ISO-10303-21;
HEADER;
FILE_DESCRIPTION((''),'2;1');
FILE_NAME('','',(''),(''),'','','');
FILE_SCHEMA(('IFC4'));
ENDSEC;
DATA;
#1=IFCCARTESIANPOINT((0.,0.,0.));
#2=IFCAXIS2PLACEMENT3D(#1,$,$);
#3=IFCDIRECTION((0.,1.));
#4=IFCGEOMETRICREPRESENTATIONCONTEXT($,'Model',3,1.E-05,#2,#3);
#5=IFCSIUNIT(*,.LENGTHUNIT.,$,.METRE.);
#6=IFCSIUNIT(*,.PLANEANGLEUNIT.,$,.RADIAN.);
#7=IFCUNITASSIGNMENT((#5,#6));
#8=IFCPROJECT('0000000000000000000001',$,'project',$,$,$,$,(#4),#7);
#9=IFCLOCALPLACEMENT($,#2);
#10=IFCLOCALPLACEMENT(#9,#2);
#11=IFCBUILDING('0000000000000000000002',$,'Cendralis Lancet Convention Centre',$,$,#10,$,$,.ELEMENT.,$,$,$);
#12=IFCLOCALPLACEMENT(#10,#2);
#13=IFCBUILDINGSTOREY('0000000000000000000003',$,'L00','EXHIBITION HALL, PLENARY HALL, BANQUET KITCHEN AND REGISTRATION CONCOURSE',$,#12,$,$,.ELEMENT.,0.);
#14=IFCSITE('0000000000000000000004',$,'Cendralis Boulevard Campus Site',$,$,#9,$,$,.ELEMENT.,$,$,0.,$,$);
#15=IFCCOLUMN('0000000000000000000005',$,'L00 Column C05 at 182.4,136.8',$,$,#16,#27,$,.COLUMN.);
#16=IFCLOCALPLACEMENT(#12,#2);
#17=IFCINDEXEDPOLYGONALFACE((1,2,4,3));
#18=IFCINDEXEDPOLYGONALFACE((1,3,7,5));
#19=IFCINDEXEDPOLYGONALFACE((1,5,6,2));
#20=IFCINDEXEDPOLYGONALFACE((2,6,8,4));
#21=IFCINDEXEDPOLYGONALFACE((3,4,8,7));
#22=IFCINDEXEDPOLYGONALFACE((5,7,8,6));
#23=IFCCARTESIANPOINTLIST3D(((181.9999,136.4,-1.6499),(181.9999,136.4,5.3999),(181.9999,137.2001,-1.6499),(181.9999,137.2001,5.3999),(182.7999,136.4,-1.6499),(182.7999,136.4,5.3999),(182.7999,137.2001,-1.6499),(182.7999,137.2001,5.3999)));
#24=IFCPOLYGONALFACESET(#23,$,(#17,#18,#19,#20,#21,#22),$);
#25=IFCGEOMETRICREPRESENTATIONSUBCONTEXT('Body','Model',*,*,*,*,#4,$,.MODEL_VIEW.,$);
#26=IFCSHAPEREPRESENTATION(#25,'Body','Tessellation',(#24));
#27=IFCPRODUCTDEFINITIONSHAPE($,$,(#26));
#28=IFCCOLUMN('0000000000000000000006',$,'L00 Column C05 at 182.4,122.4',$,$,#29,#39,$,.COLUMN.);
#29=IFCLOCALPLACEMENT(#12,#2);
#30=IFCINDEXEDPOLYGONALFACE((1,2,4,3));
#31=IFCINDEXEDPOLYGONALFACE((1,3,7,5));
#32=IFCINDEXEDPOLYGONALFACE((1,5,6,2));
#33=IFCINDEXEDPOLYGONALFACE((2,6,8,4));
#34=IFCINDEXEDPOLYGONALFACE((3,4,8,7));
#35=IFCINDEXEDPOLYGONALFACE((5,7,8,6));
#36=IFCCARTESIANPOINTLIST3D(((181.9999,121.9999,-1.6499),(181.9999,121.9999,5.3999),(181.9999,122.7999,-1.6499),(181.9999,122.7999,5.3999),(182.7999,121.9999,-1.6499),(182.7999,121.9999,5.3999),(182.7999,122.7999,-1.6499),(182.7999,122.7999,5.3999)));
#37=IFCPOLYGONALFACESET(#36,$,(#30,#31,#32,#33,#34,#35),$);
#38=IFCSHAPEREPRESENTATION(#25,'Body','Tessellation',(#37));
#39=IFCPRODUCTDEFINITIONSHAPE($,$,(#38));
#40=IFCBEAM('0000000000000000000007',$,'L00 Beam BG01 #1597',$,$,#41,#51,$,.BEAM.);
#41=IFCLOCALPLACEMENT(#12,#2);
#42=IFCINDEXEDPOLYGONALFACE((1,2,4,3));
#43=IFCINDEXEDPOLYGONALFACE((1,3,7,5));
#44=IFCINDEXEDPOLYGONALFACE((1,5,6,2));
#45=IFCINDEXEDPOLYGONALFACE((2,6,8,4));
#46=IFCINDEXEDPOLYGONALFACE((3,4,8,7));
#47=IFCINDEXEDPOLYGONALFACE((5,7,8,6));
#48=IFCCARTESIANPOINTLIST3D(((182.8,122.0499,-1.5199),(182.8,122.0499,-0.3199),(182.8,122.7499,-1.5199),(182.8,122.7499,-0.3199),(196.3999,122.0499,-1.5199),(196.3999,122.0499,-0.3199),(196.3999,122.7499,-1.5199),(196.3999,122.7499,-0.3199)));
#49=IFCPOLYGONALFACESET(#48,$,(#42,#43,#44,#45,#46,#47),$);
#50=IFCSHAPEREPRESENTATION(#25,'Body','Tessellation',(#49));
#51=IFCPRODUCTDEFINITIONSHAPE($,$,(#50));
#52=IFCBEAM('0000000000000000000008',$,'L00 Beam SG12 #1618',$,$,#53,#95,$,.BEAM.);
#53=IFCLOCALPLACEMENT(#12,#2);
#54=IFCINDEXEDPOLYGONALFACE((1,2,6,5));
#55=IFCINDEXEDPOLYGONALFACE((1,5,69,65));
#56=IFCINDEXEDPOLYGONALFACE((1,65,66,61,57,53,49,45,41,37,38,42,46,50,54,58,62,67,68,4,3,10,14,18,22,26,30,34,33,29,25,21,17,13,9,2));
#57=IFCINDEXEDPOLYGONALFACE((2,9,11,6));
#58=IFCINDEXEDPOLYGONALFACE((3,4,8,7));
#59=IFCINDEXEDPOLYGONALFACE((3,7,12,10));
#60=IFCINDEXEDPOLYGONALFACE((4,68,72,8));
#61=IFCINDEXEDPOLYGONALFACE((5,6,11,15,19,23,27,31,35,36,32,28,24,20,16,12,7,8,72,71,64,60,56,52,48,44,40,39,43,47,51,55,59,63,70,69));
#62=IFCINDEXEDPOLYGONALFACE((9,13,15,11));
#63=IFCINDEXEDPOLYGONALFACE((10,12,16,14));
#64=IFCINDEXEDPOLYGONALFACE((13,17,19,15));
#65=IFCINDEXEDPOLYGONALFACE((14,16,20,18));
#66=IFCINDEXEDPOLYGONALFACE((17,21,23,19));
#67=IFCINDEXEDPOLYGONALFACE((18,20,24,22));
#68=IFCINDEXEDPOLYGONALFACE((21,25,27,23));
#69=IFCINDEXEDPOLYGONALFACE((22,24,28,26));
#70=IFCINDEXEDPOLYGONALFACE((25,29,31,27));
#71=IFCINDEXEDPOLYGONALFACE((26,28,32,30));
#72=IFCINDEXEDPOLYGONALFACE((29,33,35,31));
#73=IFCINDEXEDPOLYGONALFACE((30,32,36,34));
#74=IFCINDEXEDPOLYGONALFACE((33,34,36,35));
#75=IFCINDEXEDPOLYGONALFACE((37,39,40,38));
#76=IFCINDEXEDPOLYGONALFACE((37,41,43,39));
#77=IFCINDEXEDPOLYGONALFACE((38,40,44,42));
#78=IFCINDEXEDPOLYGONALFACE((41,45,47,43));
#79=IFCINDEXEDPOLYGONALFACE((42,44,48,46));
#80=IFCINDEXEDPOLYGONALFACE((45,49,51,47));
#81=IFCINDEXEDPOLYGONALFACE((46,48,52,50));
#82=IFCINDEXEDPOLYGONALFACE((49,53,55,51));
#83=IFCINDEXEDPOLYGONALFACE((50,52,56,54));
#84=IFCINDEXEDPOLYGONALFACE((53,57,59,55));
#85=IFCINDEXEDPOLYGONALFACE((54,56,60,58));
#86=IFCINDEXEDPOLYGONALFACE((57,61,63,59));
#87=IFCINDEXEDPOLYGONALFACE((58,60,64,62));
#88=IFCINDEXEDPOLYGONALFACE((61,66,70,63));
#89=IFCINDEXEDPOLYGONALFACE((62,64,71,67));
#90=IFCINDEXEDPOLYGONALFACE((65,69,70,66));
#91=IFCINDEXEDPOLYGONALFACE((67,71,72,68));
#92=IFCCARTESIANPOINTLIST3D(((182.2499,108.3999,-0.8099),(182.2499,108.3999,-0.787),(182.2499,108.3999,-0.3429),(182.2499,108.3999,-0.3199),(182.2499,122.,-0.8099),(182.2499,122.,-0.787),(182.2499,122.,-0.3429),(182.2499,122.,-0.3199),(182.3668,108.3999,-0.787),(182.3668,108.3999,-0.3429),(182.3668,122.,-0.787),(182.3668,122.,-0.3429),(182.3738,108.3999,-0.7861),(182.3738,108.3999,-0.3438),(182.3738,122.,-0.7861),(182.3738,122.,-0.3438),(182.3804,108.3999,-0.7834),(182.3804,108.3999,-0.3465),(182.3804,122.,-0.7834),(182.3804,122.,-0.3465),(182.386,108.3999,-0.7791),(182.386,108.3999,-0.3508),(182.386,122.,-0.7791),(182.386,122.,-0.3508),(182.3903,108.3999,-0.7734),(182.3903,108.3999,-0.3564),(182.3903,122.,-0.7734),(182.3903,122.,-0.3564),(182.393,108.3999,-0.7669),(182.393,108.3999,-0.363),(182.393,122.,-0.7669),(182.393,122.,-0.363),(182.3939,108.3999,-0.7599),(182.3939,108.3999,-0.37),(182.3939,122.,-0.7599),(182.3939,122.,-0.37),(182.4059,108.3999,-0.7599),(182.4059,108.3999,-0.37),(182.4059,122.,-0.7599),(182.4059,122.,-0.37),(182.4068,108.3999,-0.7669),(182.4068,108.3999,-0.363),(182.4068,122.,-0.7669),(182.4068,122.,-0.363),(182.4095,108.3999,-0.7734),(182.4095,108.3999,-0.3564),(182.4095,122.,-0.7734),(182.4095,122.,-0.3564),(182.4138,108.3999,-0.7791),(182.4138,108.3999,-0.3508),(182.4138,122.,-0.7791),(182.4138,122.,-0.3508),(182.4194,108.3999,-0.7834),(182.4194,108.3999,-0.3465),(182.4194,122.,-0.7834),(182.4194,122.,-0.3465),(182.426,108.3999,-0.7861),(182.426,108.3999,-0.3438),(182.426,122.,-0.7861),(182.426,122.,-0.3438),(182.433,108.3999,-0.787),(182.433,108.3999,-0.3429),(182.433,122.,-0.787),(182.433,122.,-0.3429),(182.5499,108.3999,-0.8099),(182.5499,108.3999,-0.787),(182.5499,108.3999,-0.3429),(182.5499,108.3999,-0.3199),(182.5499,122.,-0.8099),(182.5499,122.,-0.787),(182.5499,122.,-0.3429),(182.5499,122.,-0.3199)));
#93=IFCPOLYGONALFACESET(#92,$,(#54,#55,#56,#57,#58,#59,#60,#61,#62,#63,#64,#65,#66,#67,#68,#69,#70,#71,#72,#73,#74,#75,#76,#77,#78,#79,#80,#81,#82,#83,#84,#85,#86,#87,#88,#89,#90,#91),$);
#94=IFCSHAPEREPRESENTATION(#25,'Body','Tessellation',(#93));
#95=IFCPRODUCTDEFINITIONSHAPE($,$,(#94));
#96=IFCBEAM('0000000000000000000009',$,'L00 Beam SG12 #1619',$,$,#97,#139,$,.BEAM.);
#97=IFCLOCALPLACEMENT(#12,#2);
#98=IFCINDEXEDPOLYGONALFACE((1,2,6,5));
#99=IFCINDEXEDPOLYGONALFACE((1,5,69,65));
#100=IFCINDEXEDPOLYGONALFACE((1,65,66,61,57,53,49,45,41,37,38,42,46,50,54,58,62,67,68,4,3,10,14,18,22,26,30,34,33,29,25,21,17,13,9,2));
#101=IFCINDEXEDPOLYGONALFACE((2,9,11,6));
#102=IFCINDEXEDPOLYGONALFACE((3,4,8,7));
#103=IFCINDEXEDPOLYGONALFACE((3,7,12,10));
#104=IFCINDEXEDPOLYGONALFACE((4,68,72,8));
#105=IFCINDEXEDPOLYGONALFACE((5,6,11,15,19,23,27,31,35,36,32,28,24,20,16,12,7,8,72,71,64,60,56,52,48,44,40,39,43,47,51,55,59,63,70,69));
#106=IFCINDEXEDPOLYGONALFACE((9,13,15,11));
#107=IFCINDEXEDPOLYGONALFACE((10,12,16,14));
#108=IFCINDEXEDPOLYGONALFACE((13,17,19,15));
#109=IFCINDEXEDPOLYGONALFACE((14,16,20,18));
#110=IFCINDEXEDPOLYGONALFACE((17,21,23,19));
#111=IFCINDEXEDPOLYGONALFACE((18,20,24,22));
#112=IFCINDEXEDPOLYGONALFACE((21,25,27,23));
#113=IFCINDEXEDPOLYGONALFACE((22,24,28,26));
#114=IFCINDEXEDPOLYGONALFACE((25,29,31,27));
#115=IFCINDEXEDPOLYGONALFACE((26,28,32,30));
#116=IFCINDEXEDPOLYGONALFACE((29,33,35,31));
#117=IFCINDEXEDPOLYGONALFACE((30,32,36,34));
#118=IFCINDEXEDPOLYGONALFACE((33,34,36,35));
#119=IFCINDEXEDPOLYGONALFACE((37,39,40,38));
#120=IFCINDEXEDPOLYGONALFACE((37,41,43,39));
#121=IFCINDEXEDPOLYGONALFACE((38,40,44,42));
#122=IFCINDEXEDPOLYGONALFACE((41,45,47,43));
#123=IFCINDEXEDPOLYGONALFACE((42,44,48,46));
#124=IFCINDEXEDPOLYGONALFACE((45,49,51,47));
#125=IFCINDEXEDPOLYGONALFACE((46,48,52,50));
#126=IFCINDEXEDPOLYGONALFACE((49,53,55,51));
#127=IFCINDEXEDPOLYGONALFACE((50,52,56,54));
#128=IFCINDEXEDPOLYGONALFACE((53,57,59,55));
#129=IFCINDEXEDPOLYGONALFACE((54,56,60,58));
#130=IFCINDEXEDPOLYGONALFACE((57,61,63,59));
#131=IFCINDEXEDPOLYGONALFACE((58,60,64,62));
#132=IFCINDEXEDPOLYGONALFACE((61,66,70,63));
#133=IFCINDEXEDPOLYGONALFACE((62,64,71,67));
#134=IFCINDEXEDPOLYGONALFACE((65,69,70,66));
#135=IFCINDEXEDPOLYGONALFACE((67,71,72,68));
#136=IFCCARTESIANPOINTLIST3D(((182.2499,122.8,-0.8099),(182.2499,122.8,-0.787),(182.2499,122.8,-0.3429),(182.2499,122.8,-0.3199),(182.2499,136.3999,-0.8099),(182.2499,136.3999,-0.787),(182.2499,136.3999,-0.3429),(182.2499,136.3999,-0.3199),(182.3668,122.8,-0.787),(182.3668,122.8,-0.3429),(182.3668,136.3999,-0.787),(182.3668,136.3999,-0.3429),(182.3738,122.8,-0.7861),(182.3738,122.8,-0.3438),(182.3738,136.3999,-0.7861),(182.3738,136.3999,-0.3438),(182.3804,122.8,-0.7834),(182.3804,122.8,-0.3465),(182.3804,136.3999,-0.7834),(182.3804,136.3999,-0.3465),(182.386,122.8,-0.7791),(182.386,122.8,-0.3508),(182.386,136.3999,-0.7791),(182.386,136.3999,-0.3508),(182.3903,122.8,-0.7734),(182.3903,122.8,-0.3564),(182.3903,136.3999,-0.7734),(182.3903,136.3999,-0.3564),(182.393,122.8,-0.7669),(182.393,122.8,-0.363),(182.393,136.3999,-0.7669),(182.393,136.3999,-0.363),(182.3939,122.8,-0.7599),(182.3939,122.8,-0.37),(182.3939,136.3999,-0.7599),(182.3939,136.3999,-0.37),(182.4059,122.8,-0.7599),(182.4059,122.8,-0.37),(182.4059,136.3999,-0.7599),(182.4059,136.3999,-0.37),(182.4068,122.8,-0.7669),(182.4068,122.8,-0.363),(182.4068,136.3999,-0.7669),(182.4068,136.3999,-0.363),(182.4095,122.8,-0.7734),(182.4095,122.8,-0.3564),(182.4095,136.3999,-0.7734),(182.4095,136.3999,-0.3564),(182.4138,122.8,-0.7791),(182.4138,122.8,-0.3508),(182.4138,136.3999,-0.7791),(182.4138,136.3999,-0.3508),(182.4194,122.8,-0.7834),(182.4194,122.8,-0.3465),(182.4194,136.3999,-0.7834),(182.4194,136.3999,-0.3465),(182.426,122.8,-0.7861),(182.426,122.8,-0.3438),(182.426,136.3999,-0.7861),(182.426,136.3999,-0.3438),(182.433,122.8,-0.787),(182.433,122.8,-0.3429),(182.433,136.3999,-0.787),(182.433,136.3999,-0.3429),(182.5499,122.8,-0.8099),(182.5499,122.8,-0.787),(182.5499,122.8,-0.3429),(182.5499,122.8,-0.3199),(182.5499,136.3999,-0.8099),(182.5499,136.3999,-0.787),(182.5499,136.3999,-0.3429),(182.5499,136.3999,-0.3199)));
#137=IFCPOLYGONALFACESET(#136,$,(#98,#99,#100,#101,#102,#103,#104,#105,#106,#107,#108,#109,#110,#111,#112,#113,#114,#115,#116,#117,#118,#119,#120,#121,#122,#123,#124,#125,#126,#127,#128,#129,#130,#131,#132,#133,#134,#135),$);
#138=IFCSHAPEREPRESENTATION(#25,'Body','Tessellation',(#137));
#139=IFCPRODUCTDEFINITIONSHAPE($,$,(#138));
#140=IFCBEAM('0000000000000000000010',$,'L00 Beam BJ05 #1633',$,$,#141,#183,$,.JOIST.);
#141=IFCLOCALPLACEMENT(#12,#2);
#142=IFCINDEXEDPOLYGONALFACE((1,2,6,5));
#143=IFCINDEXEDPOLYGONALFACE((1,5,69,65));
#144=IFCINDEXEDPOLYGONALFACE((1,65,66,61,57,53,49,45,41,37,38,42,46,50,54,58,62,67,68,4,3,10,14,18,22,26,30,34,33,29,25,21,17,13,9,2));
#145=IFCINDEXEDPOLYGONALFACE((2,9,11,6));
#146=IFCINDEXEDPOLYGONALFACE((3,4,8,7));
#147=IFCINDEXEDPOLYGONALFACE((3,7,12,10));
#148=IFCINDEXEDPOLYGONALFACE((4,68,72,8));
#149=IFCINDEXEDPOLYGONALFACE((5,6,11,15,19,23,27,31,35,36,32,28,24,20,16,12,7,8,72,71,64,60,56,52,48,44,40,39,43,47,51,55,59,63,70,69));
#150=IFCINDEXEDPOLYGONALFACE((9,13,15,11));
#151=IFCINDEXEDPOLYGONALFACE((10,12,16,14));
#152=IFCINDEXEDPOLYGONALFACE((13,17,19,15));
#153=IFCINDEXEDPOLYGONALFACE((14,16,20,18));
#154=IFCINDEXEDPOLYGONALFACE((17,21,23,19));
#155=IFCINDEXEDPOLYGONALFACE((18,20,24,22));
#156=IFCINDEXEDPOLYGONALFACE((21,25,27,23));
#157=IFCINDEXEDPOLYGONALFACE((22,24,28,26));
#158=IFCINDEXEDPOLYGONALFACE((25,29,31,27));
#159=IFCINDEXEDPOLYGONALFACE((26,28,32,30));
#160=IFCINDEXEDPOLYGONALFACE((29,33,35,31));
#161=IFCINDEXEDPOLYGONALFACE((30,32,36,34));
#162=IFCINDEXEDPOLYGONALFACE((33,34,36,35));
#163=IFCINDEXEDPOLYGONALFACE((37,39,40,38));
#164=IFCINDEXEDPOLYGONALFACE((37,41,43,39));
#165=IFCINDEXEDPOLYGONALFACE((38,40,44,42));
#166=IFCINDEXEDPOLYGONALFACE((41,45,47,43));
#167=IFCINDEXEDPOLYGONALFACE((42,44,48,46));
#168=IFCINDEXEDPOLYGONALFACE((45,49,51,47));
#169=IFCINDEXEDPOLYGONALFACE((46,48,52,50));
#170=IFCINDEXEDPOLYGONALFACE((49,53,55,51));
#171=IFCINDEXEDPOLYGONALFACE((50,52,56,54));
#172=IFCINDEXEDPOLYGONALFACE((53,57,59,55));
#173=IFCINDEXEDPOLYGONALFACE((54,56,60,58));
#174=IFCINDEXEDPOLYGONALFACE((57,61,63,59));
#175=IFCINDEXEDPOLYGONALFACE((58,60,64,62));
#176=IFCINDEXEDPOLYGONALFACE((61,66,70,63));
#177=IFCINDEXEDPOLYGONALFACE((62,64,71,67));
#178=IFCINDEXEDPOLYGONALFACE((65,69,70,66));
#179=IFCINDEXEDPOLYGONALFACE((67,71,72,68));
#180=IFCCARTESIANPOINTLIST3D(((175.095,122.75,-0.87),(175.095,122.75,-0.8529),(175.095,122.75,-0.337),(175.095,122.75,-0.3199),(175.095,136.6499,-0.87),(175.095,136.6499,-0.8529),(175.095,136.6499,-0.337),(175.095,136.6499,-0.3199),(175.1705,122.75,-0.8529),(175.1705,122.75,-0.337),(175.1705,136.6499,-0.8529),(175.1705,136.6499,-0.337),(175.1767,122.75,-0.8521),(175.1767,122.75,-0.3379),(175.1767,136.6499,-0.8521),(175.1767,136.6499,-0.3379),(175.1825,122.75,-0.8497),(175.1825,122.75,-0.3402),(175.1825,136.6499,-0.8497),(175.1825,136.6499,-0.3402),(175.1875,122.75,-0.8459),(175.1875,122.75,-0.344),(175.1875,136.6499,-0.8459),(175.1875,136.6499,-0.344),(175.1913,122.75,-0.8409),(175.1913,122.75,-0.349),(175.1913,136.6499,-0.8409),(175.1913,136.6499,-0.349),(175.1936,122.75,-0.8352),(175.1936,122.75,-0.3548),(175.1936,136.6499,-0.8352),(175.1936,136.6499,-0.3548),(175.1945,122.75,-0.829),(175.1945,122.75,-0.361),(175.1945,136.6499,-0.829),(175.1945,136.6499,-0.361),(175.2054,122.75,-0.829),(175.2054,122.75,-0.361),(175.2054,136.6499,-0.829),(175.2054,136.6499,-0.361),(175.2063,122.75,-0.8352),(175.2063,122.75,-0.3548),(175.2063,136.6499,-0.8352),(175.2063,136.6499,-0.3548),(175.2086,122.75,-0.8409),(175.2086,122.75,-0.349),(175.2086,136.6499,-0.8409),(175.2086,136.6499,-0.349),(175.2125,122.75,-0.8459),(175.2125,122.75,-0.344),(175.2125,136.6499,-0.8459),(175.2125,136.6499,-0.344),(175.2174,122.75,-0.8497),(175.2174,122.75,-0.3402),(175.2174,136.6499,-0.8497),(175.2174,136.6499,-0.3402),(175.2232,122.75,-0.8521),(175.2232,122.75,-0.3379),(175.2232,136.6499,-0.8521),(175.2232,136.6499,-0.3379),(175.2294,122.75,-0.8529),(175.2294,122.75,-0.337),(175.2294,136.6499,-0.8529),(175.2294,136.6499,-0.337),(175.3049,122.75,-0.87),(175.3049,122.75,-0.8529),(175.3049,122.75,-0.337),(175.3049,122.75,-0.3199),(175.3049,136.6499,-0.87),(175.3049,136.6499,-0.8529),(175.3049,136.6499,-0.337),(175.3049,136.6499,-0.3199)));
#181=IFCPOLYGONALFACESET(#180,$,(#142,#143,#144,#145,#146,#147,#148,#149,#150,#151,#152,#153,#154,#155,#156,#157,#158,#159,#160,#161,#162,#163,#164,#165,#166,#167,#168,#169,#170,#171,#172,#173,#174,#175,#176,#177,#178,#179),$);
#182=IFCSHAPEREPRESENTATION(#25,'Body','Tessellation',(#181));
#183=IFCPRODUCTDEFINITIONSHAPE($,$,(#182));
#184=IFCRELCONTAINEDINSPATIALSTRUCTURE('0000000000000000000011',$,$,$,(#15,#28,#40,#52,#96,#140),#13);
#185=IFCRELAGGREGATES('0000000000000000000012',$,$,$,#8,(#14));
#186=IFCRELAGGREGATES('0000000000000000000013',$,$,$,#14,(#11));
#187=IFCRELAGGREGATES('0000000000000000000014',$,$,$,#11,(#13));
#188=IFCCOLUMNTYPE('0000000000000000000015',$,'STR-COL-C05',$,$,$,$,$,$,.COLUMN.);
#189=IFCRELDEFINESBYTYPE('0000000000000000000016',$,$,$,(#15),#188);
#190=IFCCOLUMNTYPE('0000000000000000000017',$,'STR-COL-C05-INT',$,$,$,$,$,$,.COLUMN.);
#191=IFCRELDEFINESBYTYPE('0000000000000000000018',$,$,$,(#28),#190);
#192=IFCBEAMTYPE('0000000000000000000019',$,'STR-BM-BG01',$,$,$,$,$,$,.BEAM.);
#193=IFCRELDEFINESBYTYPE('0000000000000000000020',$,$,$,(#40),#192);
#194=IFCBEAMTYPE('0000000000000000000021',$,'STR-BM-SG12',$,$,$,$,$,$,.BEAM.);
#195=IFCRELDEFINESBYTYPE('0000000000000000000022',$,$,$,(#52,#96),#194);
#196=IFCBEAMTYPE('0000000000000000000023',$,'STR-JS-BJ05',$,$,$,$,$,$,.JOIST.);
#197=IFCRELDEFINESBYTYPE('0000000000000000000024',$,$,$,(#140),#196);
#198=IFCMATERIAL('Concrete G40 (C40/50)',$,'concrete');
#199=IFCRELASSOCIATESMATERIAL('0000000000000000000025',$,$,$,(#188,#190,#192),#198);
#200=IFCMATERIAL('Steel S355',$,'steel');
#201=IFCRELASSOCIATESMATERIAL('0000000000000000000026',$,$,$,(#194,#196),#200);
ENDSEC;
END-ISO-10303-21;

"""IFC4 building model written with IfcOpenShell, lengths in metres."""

from ifc_helpers import new_model, si_unit, direction, frame, origin, origin_2d, place, context, subcontext, project, spatial, rectangle, i_section, extrude, material, material_profile, profile_set, type_object, element, save


model = new_model("IFC4")

# Units and contexts
model_context = context("Model", 3, precision=1e-05, world=origin(), true_north=direction((0.0, 1.0)))
body_context = subcontext(model_context, "Body", "Model", "MODEL_VIEW")
ifc_project = project(units=[si_unit("LENGTHUNIT", "METRE"), si_unit("PLANEANGLEUNIT", "RADIAN")], contexts=[model_context])

# Site, building, storey
site_placement = place(None, origin())
site = spatial("IfcSite", under=ifc_project, at=site_placement, Name="Cendralis Boulevard Campus Site", CompositionType="ELEMENT", RefElevation=0.0)
building_placement = place(site_placement, origin())
building = spatial("IfcBuilding", under=site, at=building_placement, Name="Cendralis Lancet Convention Centre", CompositionType="ELEMENT")
storey_placement = place(building_placement, origin())
storey = spatial("IfcBuildingStorey", under=building, at=storey_placement, Name="L00", Description="EXHIBITION HALL, PLENARY HALL, BANQUET KITCHEN AND REGISTRATION CONCOURSE", CompositionType="ELEMENT", Elevation=0.0)

# Columns
ifc_material_1 = material(Name="Concrete G40 (C40/50)", Category="concrete")
ifc_material_profile_1 = material_profile(ifc_material_1, rectangle(XDim=0.8, YDim=0.8, at=origin_2d()), Name="RC 800x800")
ifc_profile_set_1 = profile_set([ifc_material_profile_1], Name="Concrete G40 (C40/50)")
column_type_1 = type_object("IfcColumnType", Name="STR-COL-C05", PredefinedType="COLUMN", material=ifc_profile_set_1)
column_1_placement = place(storey_placement, frame((182.3999, 136.8, -1.6499), z_axis=(0.0, 0.0, 1.0), x_axis=(1.0, 0.0, 0.0)))
element("IfcColumn", 1, at=column_1_placement, inside=storey, type_object=column_type_1, Name="L00 Column C05 at 182.4,136.8", PredefinedType="COLUMN", context=body_context, shape_type="SweptSolid", body=[
    extrude(rectangle(XDim=0.8, YDim=0.8, at=origin_2d()), origin(), (0.0, 0.0, 1.0), 7.0498),
])
ifc_material_profile_2 = material_profile(ifc_material_1, rectangle(XDim=0.8, YDim=0.8, at=origin_2d()), Name="RC 800x800")
ifc_profile_set_2 = profile_set([ifc_material_profile_2], Name="Concrete G40 (C40/50)")
column_type_2 = type_object("IfcColumnType", Name="STR-COL-C05-INT", PredefinedType="COLUMN", material=ifc_profile_set_2)
column_2_placement = place(storey_placement, frame((182.3999, 122.3999, -1.6499), z_axis=(0.0, 0.0, 1.0), x_axis=(1.0, 0.0, 0.0)))
element("IfcColumn", 2, at=column_2_placement, inside=storey, type_object=column_type_2, Name="L00 Column C05 at 182.4,122.4", PredefinedType="COLUMN", context=body_context, shape_type="SweptSolid", body=[
    extrude(rectangle(XDim=0.8, YDim=0.8, at=origin_2d()), origin(), (0.0, 0.0, 1.0), 7.0498),
])

# Beams
ifc_material_profile_3 = material_profile(ifc_material_1, rectangle(XDim=0.7, YDim=1.2, at=origin_2d()), Name="RCB 700x1200")
ifc_profile_set_3 = profile_set([ifc_material_profile_3], Name="Concrete G40 (C40/50)")
beam_type_1 = type_object("IfcBeamType", Name="STR-BM-BG01", PredefinedType="BEAM", material=ifc_profile_set_3)
beam_1_placement = place(storey_placement, frame((182.8, 122.3999, -0.9199), z_axis=(1.0, 0.0, 0.0), x_axis=(0.0, 1.0, 0.0)))
element("IfcBeam", 3, at=beam_1_placement, inside=storey, type_object=beam_type_1, Name="L00 Beam BG01 #1597", PredefinedType="BEAM", context=body_context, shape_type="SweptSolid", body=[
    extrude(rectangle(XDim=0.7, YDim=1.2, at=origin_2d()), origin(), (0.0, 0.0, 1.0), 13.5999),
])
ifc_material_2 = material(Name="Steel S355", Category="steel")
ifc_material_profile_4 = material_profile(ifc_material_2, i_section(OverallWidth=0.3, OverallDepth=0.49, WebThickness=0.012, FlangeThickness=0.0229, FilletRadius=0.0271, at=origin_2d()), Name="HEA 500")
ifc_profile_set_4 = profile_set([ifc_material_profile_4], Name="Steel S355")
beam_type_2 = type_object("IfcBeamType", Name="STR-BM-SG12", PredefinedType="BEAM", material=ifc_profile_set_4)
beam_2_placement = place(storey_placement, frame((182.3999, 108.3999, -0.5649), z_axis=(0.0, 1.0, 0.0), x_axis=(-1.0, 0.0, 0.0)))
element("IfcBeam", 4, at=beam_2_placement, inside=storey, type_object=beam_type_2, Name="L00 Beam SG12 #1618", PredefinedType="BEAM", context=body_context, shape_type="SweptSolid", body=[
    extrude(i_section(OverallWidth=0.3, OverallDepth=0.49, WebThickness=0.012, FlangeThickness=0.0229, FilletRadius=0.0271, at=origin_2d()), origin(), (0.0, 0.0, 1.0), 13.6001),
])
beam_3_placement = place(storey_placement, frame((182.3999, 122.8, -0.5649), z_axis=(0.0, 1.0, 0.0), x_axis=(-1.0, 0.0, 0.0)))
element("IfcBeam", 5, at=beam_3_placement, inside=storey, type_object=beam_type_2, Name="L00 Beam SG12 #1619", PredefinedType="BEAM", context=body_context, shape_type="SweptSolid", body=[
    extrude(i_section(OverallWidth=0.3, OverallDepth=0.49, WebThickness=0.012, FlangeThickness=0.0229, FilletRadius=0.0271, at=origin_2d()), origin(), (0.0, 0.0, 1.0), 13.5999),
])
ifc_material_profile_5 = material_profile(ifc_material_2, i_section(OverallWidth=0.21, OverallDepth=0.55, WebThickness=0.011, FlangeThickness=0.0171, FilletRadius=0.0239, at=origin_2d()), Name="IPE 550")
ifc_profile_set_5 = profile_set([ifc_material_profile_5], Name="Steel S355")
beam_type_3 = type_object("IfcBeamType", Name="STR-JS-BJ05", PredefinedType="JOIST", material=ifc_profile_set_5)
beam_4_placement = place(storey_placement, frame((175.2, 122.75, -0.595), z_axis=(0.0, 1.0, 0.0), x_axis=(-1.0, 0.0, 0.0)))
element("IfcBeam", 6, at=beam_4_placement, inside=storey, type_object=beam_type_3, Name="L00 Beam BJ05 #1633", PredefinedType="JOIST", context=body_context, shape_type="SweptSolid", body=[
    extrude(i_section(OverallWidth=0.21, OverallDepth=0.55, WebThickness=0.011, FlangeThickness=0.0171, FilletRadius=0.0239, at=origin_2d()), origin(), (0.0, 0.0, 1.0), 13.8999),
])

save(model, "model.ifc")
